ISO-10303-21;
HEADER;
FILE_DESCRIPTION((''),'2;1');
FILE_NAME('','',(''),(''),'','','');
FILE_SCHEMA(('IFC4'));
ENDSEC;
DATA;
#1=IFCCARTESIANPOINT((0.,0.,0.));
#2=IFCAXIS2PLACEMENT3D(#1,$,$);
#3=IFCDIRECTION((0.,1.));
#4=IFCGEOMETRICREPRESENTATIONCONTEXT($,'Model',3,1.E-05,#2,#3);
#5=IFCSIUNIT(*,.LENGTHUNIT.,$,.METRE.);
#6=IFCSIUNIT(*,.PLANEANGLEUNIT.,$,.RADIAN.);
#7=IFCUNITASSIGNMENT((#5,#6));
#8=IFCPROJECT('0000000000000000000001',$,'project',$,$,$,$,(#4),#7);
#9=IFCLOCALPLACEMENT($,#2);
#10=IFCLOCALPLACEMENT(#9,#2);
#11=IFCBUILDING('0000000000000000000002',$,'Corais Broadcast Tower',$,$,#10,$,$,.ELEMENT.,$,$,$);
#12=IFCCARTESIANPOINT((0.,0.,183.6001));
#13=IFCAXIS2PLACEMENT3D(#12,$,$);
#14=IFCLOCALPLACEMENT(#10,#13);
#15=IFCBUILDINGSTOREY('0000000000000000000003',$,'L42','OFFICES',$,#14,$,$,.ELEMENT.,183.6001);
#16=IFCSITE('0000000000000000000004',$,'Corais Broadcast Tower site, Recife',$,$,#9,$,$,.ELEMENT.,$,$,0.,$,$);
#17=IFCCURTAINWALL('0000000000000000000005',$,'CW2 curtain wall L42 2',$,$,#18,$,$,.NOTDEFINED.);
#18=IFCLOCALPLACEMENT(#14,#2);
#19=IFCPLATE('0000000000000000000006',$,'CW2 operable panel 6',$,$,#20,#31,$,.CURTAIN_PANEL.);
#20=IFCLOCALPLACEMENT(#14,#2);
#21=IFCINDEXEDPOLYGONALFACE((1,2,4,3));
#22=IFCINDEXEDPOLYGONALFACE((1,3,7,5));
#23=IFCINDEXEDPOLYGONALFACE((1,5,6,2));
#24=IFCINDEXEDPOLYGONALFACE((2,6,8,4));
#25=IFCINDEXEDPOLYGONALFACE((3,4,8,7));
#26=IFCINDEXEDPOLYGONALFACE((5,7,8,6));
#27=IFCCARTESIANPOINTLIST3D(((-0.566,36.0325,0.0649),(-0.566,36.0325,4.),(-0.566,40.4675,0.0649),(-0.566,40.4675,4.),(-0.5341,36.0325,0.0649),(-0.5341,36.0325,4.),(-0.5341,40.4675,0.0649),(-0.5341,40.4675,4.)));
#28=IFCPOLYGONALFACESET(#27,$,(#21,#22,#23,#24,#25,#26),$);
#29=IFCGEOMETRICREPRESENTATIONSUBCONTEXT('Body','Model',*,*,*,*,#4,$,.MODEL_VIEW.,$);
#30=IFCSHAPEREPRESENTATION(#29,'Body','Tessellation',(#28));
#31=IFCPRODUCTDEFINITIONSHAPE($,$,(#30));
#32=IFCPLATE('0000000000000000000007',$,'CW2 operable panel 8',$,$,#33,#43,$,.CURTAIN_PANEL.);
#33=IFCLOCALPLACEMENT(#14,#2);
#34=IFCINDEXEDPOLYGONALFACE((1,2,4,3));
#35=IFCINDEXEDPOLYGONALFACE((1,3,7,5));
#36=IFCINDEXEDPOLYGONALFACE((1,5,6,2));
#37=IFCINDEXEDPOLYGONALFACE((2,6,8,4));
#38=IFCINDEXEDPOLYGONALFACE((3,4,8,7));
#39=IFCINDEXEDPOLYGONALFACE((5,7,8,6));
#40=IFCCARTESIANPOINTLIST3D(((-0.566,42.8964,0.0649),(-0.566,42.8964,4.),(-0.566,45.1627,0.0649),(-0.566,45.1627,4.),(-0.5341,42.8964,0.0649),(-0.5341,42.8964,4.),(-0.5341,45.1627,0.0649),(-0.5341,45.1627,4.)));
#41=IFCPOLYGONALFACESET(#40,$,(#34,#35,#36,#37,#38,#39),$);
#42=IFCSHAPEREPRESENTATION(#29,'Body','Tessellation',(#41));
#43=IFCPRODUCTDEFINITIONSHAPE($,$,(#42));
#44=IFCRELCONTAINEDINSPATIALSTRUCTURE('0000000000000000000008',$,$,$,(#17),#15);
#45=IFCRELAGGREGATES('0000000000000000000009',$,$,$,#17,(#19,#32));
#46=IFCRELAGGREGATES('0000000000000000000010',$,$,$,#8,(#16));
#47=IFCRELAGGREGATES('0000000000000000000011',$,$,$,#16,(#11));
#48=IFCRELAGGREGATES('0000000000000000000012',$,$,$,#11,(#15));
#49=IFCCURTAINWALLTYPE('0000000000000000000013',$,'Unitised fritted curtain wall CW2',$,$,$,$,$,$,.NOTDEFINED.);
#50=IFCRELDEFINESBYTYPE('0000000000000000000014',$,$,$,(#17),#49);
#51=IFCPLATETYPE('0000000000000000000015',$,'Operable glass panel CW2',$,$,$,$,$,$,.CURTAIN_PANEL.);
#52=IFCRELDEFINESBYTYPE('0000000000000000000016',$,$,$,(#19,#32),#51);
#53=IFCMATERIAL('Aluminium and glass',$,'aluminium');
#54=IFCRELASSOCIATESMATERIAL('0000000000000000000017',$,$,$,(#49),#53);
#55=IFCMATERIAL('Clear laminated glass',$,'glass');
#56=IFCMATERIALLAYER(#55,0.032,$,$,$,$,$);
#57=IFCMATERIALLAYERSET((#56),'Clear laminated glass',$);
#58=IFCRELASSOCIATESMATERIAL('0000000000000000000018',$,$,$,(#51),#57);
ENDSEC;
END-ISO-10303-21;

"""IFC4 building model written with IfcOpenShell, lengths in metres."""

from ifc_helpers import new_model, si_unit, direction, frame, origin, origin_2d, place, context, subcontext, project, spatial, rectangle, extrude, material, layer, layer_set, type_object, element, aggregate, save


model = new_model("IFC4")

# Units and contexts
model_context = context("Model", 3, precision=1e-05, world=origin(), true_north=direction((0.0, 1.0)))
body_context = subcontext(model_context, "Body", "Model", "MODEL_VIEW")
ifc_project = project(units=[si_unit("LENGTHUNIT", "METRE"), si_unit("PLANEANGLEUNIT", "RADIAN")], contexts=[model_context])

# Site, building, storey
site_placement = place(None, origin())
site = spatial("IfcSite", under=ifc_project, at=site_placement, Name="Corais Broadcast Tower site, Recife", CompositionType="ELEMENT", RefElevation=0.0)
building_placement = place(site_placement, origin())
building = spatial("IfcBuilding", under=site, at=building_placement, Name="Corais Broadcast Tower", CompositionType="ELEMENT")
storey_placement = place(building_placement, frame((0.0, 0.0, 183.6001)))
storey = spatial("IfcBuildingStorey", under=building, at=storey_placement, Name="L42", Description="OFFICES", CompositionType="ELEMENT", Elevation=183.6001)

# Curtain wall
ifc_material_1 = material(Name="Aluminium and glass", Category="aluminium")
curtain_wall_type = type_object("IfcCurtainWallType", Name="Unitised fritted curtain wall CW2", PredefinedType="NOTDEFINED", material=ifc_material_1)
curtain_wall_placement = place(storey_placement, origin())
curtain_wall = element("IfcCurtainWall", 1, at=curtain_wall_placement, inside=storey, type_object=curtain_wall_type, Name="CW2 curtain wall L42 2", PredefinedType="NOTDEFINED")

# Plates
ifc_material_2 = material(Name="Clear laminated glass", Category="glass")
ifc_layer_1 = layer(ifc_material_2, 0.032)
ifc_layer_set_1 = layer_set([ifc_layer_1], Name="Clear laminated glass")
plate_type_1 = type_object("IfcPlateType", Name="Operable glass panel CW2", PredefinedType="CURTAIN_PANEL", material=ifc_layer_set_1)
plate_1_placement = place(storey_placement, frame((-0.55, 38.25, 0.0649), z_axis=(0.0, 0.0, 1.0), x_axis=(0.0, 1.0, 0.0)))
plate_1 = element("IfcPlate", 2, at=plate_1_placement, type_object=plate_type_1, Name="CW2 operable panel 6", PredefinedType="CURTAIN_PANEL", context=body_context, shape_type="SweptSolid", body=[
    extrude(rectangle(XDim=4.4351, YDim=0.032, at=origin_2d()), origin(), (0.0, 0.0, 1.0), 3.9351),
])
plate_2_placement = place(storey_placement, frame((-0.55, 44.0295, 0.0649), z_axis=(0.0, 0.0, 1.0), x_axis=(0.0, 1.0, 0.0)))
plate_2 = element("IfcPlate", 3, at=plate_2_placement, type_object=plate_type_1, Name="CW2 operable panel 8", PredefinedType="CURTAIN_PANEL", context=body_context, shape_type="SweptSolid", body=[
    extrude(rectangle(XDim=2.2664, YDim=0.032, at=origin_2d()), origin(), (0.0, 0.0, 1.0), 3.9351),
])
aggregate(curtain_wall, [plate_1, plate_2])

save(model, "model.ifc")
